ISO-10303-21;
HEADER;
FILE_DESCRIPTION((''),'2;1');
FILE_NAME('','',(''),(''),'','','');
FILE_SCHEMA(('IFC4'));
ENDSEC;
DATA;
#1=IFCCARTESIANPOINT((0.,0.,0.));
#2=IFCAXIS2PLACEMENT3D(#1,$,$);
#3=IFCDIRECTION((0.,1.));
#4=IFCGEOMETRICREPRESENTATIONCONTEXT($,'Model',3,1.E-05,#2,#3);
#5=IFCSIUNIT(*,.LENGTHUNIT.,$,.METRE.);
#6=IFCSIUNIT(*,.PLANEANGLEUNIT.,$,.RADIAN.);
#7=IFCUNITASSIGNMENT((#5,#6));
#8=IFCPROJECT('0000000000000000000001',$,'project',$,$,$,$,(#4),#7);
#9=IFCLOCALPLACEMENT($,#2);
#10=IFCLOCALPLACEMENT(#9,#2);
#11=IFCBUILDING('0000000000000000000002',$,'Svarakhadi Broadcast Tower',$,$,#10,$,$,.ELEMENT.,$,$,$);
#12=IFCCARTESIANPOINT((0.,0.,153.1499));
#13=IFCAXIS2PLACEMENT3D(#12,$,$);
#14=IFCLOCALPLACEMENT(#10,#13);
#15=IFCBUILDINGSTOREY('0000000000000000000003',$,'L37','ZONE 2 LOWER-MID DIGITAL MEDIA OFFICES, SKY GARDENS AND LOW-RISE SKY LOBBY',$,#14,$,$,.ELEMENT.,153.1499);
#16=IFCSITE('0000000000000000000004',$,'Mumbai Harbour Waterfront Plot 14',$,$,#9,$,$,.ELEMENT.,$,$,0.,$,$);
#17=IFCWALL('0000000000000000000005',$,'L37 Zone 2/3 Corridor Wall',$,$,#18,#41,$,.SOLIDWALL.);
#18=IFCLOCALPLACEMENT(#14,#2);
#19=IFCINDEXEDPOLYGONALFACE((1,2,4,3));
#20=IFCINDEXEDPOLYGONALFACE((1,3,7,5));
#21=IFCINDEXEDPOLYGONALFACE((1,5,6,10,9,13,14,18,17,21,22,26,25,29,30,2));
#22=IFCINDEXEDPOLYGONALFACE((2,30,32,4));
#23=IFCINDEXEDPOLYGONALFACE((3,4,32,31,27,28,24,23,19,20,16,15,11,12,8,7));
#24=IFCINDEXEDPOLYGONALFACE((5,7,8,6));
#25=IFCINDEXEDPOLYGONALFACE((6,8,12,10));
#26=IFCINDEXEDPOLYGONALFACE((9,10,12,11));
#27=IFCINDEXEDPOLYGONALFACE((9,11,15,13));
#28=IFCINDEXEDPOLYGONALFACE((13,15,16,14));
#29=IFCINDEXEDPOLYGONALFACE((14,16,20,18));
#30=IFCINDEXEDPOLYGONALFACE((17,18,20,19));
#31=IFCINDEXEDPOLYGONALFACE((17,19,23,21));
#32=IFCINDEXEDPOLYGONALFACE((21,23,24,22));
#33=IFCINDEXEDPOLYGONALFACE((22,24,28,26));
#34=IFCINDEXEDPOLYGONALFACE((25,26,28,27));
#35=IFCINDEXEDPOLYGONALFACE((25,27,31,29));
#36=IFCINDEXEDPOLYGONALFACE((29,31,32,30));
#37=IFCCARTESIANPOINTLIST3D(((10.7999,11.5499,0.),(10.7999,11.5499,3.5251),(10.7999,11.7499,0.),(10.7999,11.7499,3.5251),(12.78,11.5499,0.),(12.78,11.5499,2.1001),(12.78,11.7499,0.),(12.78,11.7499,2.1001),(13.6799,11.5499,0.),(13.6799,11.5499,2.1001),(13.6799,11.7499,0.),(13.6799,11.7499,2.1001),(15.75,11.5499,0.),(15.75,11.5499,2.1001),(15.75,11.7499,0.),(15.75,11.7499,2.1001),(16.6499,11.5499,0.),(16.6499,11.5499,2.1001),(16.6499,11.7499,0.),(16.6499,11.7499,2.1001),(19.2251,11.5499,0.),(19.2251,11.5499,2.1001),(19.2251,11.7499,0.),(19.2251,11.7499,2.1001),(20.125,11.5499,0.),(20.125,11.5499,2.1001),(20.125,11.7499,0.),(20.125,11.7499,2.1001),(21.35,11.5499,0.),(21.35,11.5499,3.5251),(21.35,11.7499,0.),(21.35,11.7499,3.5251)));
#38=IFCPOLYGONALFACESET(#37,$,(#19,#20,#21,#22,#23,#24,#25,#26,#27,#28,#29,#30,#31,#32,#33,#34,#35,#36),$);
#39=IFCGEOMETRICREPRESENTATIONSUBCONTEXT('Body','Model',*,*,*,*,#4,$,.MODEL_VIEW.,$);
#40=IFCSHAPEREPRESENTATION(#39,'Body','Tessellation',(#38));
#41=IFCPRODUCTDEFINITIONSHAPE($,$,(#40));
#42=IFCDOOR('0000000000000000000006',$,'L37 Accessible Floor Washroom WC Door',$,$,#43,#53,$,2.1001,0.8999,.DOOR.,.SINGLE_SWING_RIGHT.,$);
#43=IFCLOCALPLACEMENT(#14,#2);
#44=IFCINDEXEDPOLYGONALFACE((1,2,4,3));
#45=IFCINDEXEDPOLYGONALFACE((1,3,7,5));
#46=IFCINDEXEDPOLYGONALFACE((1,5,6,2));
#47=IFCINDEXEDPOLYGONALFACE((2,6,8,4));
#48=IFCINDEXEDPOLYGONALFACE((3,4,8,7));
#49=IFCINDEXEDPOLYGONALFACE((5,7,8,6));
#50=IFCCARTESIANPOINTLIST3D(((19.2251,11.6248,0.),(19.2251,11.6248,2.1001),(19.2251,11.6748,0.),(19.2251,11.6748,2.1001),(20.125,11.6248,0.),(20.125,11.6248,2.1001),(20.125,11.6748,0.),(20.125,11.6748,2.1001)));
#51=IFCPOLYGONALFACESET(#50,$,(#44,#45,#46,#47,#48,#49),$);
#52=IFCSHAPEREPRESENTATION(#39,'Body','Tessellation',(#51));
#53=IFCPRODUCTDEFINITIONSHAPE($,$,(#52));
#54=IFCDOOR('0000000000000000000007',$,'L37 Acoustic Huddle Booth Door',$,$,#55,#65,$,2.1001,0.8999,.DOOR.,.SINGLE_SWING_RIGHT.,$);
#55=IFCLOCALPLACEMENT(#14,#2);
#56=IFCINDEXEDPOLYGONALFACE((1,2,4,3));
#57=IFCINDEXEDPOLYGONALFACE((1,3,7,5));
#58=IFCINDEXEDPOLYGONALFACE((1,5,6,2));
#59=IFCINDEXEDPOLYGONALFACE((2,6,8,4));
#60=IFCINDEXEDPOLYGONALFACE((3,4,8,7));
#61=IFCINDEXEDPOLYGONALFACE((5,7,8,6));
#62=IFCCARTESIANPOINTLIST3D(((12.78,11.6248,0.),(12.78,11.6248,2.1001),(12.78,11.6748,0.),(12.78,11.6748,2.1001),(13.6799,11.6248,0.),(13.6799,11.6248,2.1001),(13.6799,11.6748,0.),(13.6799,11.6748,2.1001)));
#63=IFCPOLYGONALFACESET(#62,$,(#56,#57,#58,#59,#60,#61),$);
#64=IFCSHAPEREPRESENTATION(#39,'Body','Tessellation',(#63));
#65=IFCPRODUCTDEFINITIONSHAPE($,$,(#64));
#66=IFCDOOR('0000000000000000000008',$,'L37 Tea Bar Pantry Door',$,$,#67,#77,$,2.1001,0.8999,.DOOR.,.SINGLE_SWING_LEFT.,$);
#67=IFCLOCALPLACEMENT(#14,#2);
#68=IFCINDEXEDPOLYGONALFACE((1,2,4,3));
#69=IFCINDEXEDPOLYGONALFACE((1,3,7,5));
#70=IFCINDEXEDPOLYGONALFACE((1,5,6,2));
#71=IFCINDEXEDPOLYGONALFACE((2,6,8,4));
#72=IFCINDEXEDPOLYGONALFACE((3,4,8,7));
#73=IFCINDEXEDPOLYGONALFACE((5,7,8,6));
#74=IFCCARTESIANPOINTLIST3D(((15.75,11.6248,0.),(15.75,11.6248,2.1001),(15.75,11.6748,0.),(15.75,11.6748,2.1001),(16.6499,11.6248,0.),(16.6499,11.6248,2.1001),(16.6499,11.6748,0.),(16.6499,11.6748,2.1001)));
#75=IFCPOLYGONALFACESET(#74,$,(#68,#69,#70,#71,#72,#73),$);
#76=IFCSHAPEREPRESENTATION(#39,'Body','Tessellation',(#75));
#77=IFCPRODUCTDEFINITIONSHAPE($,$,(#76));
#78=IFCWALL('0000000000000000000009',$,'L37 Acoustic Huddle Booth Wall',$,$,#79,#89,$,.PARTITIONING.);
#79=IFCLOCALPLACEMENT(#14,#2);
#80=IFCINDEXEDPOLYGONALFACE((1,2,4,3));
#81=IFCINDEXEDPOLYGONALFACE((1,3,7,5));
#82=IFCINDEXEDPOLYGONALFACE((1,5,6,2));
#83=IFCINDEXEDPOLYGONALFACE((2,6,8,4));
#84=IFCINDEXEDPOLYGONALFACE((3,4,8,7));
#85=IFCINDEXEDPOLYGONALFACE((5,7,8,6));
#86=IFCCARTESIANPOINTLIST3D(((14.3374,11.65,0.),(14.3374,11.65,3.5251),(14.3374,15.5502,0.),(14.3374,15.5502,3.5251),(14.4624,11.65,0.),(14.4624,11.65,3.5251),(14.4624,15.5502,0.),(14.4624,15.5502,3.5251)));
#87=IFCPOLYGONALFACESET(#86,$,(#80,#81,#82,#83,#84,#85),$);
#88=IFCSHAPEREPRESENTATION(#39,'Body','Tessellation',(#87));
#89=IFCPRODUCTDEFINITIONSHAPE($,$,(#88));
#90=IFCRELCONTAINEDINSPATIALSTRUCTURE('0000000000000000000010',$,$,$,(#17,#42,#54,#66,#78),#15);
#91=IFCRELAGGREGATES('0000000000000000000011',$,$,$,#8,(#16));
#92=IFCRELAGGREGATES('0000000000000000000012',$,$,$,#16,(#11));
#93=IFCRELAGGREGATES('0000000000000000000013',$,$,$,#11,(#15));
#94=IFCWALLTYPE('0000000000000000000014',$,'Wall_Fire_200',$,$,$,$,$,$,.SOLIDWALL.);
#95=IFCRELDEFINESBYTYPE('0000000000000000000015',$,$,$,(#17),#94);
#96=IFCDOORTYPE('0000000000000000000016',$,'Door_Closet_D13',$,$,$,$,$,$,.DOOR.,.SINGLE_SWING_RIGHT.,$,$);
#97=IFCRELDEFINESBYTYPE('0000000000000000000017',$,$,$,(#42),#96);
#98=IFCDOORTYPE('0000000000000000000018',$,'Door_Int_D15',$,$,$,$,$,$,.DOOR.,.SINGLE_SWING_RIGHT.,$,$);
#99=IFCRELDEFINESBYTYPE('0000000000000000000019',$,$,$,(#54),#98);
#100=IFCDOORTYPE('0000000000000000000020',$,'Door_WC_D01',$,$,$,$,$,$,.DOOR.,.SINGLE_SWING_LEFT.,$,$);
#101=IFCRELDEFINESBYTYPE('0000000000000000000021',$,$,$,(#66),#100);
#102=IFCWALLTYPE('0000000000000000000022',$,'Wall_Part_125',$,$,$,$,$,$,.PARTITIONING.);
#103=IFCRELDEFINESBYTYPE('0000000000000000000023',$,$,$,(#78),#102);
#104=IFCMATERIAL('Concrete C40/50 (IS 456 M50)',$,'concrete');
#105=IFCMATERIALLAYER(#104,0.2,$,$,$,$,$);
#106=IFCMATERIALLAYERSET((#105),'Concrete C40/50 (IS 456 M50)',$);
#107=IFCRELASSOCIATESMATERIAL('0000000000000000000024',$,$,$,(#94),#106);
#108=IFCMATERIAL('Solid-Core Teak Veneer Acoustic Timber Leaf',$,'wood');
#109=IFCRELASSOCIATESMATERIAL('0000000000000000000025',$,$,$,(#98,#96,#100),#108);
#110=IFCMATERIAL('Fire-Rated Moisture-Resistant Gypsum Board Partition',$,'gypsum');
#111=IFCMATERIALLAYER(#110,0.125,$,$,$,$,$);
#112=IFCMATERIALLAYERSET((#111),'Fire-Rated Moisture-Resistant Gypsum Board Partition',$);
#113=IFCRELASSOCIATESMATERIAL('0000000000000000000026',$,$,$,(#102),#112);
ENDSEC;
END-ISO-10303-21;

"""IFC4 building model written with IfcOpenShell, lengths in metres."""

from ifc_helpers import new_model, si_unit, direction, frame, frame_2d, origin, place, context, subcontext, project, spatial, rectangle, extrude, material, layer, layer_set, type_object, element, fill, save


model = new_model("IFC4")

# Units and contexts
model_context = context("Model", 3, precision=1e-05, world=origin(), true_north=direction((0.0, 1.0)))
body_context = subcontext(model_context, "Body", "Model", "MODEL_VIEW")
ifc_project = project(units=[si_unit("LENGTHUNIT", "METRE"), si_unit("PLANEANGLEUNIT", "RADIAN")], contexts=[model_context])

# Site, building, storey
site_placement = place(None, origin())
site = spatial("IfcSite", under=ifc_project, at=site_placement, Name="Mumbai Harbour Waterfront Plot 14", CompositionType="ELEMENT", RefElevation=0.0)
building_placement = place(site_placement, origin())
building = spatial("IfcBuilding", under=site, at=building_placement, Name="Svarakhadi Broadcast Tower", CompositionType="ELEMENT")
storey_placement = place(building_placement, frame((0.0, 0.0, 153.1499)))
storey = spatial("IfcBuildingStorey", under=building, at=storey_placement, Name="L37", Description="ZONE 2 LOWER-MID DIGITAL MEDIA OFFICES, SKY GARDENS AND LOW-RISE SKY LOBBY", CompositionType="ELEMENT", Elevation=153.1499)

# Shared definitions
ifc_material_1 = material(Name="Concrete C40/50 (IS 456 M50)", Category="concrete")
ifc_layer_1 = layer(ifc_material_1, 0.2)
ifc_layer_set_1 = layer_set([ifc_layer_1], Name="Concrete C40/50 (IS 456 M50)")
wall_type_1 = type_object("IfcWallType", Name="Wall_Fire_200", PredefinedType="SOLIDWALL", material=ifc_layer_set_1)

# Shared definitions
ifc_material_2 = material(Name="Solid-Core Teak Veneer Acoustic Timber Leaf", Category="wood")
door_type_1 = type_object("IfcDoorType", Name="Door_Int_D15", OperationType="SINGLE_SWING_RIGHT", PredefinedType="DOOR", material=ifc_material_2)

# Wall, openings, doors
wall_1_placement = place(storey_placement, frame((10.8, 11.6499, 0.0), z_axis=(0.0, 0.0, 1.0), x_axis=(1.0, 0.0, 0.0)))
wall_1 = element("IfcWall", 1, at=wall_1_placement, inside=storey, type_object=wall_type_1, Name="L37 Zone 2/3 Corridor Wall", PredefinedType="SOLIDWALL", context=body_context, shape_type="SweptSolid", body=[
    extrude(rectangle(XDim=10.55, YDim=0.2, at=frame_2d((5.2749, 0.0))), origin(), (0.0, 0.0, 1.0), 3.5251),
])
opening_1_placement = place(wall_1_placement, frame((1.98, 0.0, 0.0)))
opening_1 = element("IfcOpeningElement", 2, at=opening_1_placement, cuts=wall_1, PredefinedType="OPENING", context=body_context, shape_type="SweptSolid", body=[
    extrude(rectangle(XDim=0.8999, YDim=2.1001, at=frame_2d((0.45, 1.05))), frame((0.0, 0.1099, 0.0), z_axis=(0.0, -1.0, 0.0), x_axis=(1.0, 0.0, 0.0)), (0.0, 0.0, 1.0), 0.22),
])
opening_2_placement = place(wall_1_placement, frame((4.95, 0.0, 0.0)))
opening_2 = element("IfcOpeningElement", 3, at=opening_2_placement, cuts=wall_1, PredefinedType="OPENING", context=body_context, shape_type="SweptSolid", body=[
    extrude(rectangle(XDim=0.8999, YDim=2.1001, at=frame_2d((0.45, 1.05))), frame((0.0, 0.1099, 0.0), z_axis=(0.0, -1.0, 0.0), x_axis=(1.0, 0.0, 0.0)), (0.0, 0.0, 1.0), 0.22),
])
opening_3_placement = place(wall_1_placement, frame((8.425, 0.0, 0.0)))
opening_3 = element("IfcOpeningElement", 4, at=opening_3_placement, cuts=wall_1, PredefinedType="OPENING", context=body_context, shape_type="SweptSolid", body=[
    extrude(rectangle(XDim=0.8999, YDim=2.1001, at=frame_2d((0.45, 1.05))), frame((0.0, 0.1099, 0.0), z_axis=(0.0, -1.0, 0.0), x_axis=(1.0, 0.0, 0.0)), (0.0, 0.0, 1.0), 0.22),
])
door_type_2 = type_object("IfcDoorType", Name="Door_Closet_D13", OperationType="SINGLE_SWING_RIGHT", PredefinedType="DOOR", material=ifc_material_2)
door_1_placement = place(opening_3_placement, origin())
door_1 = element("IfcDoor", 5, at=door_1_placement, inside=storey, type_object=door_type_2, Name="L37 Accessible Floor Washroom WC Door", OperationType="SINGLE_SWING_RIGHT", OverallHeight=2.1001, OverallWidth=0.8999, PredefinedType="DOOR", context=body_context, shape_type="SweptSolid", body=[
    extrude(rectangle(XDim=0.8999, YDim=2.1001, at=frame_2d((0.45, 1.05))), frame((0.0, 0.0249, 0.0), z_axis=(0.0, -1.0, 0.0), x_axis=(1.0, 0.0, 0.0)), (0.0, 0.0, 1.0), 0.05),
])
fill(opening_3, door_1)
door_2_placement = place(opening_1_placement, origin())
door_2 = element("IfcDoor", 6, at=door_2_placement, inside=storey, type_object=door_type_1, Name="L37 Acoustic Huddle Booth Door", OperationType="SINGLE_SWING_RIGHT", OverallHeight=2.1001, OverallWidth=0.8999, PredefinedType="DOOR", context=body_context, shape_type="SweptSolid", body=[
    extrude(rectangle(XDim=0.8999, YDim=2.1001, at=frame_2d((0.45, 1.05))), frame((0.0, 0.0249, 0.0), z_axis=(0.0, -1.0, 0.0), x_axis=(1.0, 0.0, 0.0)), (0.0, 0.0, 1.0), 0.05),
])
fill(opening_1, door_2)
door_type_3 = type_object("IfcDoorType", Name="Door_WC_D01", OperationType="SINGLE_SWING_LEFT", PredefinedType="DOOR", material=ifc_material_2)
door_3_placement = place(opening_2_placement, origin())
door_3 = element("IfcDoor", 7, at=door_3_placement, inside=storey, type_object=door_type_3, Name="L37 Tea Bar Pantry Door", OperationType="SINGLE_SWING_LEFT", OverallHeight=2.1001, OverallWidth=0.8999, PredefinedType="DOOR", context=body_context, shape_type="SweptSolid", body=[
    extrude(rectangle(XDim=0.8999, YDim=2.1001, at=frame_2d((0.45, 1.05))), frame((0.0, 0.0249, 0.0), z_axis=(0.0, -1.0, 0.0), x_axis=(1.0, 0.0, 0.0)), (0.0, 0.0, 1.0), 0.05),
])
fill(opening_2, door_3)

# Wall
ifc_material_3 = material(Name="Fire-Rated Moisture-Resistant Gypsum Board Partition", Category="gypsum")
ifc_layer_2 = layer(ifc_material_3, 0.125)
ifc_layer_set_2 = layer_set([ifc_layer_2], Name="Fire-Rated Moisture-Resistant Gypsum Board Partition")
wall_type_2 = type_object("IfcWallType", Name="Wall_Part_125", PredefinedType="PARTITIONING", material=ifc_layer_set_2)
wall_2_placement = place(storey_placement, frame((14.3999, 11.6499, 0.0), z_axis=(0.0, 0.0, 1.0), x_axis=(0.0, 1.0, 0.0)))
element("IfcWall", 8, at=wall_2_placement, inside=storey, type_object=wall_type_2, Name="L37 Acoustic Huddle Booth Wall", PredefinedType="PARTITIONING", context=body_context, shape_type="SweptSolid", body=[
    extrude(rectangle(XDim=3.9001, YDim=0.125, at=frame_2d((1.9502, 0.0))), origin(), (0.0, 0.0, 1.0), 3.5251),
])

save(model, "model.ifc")
